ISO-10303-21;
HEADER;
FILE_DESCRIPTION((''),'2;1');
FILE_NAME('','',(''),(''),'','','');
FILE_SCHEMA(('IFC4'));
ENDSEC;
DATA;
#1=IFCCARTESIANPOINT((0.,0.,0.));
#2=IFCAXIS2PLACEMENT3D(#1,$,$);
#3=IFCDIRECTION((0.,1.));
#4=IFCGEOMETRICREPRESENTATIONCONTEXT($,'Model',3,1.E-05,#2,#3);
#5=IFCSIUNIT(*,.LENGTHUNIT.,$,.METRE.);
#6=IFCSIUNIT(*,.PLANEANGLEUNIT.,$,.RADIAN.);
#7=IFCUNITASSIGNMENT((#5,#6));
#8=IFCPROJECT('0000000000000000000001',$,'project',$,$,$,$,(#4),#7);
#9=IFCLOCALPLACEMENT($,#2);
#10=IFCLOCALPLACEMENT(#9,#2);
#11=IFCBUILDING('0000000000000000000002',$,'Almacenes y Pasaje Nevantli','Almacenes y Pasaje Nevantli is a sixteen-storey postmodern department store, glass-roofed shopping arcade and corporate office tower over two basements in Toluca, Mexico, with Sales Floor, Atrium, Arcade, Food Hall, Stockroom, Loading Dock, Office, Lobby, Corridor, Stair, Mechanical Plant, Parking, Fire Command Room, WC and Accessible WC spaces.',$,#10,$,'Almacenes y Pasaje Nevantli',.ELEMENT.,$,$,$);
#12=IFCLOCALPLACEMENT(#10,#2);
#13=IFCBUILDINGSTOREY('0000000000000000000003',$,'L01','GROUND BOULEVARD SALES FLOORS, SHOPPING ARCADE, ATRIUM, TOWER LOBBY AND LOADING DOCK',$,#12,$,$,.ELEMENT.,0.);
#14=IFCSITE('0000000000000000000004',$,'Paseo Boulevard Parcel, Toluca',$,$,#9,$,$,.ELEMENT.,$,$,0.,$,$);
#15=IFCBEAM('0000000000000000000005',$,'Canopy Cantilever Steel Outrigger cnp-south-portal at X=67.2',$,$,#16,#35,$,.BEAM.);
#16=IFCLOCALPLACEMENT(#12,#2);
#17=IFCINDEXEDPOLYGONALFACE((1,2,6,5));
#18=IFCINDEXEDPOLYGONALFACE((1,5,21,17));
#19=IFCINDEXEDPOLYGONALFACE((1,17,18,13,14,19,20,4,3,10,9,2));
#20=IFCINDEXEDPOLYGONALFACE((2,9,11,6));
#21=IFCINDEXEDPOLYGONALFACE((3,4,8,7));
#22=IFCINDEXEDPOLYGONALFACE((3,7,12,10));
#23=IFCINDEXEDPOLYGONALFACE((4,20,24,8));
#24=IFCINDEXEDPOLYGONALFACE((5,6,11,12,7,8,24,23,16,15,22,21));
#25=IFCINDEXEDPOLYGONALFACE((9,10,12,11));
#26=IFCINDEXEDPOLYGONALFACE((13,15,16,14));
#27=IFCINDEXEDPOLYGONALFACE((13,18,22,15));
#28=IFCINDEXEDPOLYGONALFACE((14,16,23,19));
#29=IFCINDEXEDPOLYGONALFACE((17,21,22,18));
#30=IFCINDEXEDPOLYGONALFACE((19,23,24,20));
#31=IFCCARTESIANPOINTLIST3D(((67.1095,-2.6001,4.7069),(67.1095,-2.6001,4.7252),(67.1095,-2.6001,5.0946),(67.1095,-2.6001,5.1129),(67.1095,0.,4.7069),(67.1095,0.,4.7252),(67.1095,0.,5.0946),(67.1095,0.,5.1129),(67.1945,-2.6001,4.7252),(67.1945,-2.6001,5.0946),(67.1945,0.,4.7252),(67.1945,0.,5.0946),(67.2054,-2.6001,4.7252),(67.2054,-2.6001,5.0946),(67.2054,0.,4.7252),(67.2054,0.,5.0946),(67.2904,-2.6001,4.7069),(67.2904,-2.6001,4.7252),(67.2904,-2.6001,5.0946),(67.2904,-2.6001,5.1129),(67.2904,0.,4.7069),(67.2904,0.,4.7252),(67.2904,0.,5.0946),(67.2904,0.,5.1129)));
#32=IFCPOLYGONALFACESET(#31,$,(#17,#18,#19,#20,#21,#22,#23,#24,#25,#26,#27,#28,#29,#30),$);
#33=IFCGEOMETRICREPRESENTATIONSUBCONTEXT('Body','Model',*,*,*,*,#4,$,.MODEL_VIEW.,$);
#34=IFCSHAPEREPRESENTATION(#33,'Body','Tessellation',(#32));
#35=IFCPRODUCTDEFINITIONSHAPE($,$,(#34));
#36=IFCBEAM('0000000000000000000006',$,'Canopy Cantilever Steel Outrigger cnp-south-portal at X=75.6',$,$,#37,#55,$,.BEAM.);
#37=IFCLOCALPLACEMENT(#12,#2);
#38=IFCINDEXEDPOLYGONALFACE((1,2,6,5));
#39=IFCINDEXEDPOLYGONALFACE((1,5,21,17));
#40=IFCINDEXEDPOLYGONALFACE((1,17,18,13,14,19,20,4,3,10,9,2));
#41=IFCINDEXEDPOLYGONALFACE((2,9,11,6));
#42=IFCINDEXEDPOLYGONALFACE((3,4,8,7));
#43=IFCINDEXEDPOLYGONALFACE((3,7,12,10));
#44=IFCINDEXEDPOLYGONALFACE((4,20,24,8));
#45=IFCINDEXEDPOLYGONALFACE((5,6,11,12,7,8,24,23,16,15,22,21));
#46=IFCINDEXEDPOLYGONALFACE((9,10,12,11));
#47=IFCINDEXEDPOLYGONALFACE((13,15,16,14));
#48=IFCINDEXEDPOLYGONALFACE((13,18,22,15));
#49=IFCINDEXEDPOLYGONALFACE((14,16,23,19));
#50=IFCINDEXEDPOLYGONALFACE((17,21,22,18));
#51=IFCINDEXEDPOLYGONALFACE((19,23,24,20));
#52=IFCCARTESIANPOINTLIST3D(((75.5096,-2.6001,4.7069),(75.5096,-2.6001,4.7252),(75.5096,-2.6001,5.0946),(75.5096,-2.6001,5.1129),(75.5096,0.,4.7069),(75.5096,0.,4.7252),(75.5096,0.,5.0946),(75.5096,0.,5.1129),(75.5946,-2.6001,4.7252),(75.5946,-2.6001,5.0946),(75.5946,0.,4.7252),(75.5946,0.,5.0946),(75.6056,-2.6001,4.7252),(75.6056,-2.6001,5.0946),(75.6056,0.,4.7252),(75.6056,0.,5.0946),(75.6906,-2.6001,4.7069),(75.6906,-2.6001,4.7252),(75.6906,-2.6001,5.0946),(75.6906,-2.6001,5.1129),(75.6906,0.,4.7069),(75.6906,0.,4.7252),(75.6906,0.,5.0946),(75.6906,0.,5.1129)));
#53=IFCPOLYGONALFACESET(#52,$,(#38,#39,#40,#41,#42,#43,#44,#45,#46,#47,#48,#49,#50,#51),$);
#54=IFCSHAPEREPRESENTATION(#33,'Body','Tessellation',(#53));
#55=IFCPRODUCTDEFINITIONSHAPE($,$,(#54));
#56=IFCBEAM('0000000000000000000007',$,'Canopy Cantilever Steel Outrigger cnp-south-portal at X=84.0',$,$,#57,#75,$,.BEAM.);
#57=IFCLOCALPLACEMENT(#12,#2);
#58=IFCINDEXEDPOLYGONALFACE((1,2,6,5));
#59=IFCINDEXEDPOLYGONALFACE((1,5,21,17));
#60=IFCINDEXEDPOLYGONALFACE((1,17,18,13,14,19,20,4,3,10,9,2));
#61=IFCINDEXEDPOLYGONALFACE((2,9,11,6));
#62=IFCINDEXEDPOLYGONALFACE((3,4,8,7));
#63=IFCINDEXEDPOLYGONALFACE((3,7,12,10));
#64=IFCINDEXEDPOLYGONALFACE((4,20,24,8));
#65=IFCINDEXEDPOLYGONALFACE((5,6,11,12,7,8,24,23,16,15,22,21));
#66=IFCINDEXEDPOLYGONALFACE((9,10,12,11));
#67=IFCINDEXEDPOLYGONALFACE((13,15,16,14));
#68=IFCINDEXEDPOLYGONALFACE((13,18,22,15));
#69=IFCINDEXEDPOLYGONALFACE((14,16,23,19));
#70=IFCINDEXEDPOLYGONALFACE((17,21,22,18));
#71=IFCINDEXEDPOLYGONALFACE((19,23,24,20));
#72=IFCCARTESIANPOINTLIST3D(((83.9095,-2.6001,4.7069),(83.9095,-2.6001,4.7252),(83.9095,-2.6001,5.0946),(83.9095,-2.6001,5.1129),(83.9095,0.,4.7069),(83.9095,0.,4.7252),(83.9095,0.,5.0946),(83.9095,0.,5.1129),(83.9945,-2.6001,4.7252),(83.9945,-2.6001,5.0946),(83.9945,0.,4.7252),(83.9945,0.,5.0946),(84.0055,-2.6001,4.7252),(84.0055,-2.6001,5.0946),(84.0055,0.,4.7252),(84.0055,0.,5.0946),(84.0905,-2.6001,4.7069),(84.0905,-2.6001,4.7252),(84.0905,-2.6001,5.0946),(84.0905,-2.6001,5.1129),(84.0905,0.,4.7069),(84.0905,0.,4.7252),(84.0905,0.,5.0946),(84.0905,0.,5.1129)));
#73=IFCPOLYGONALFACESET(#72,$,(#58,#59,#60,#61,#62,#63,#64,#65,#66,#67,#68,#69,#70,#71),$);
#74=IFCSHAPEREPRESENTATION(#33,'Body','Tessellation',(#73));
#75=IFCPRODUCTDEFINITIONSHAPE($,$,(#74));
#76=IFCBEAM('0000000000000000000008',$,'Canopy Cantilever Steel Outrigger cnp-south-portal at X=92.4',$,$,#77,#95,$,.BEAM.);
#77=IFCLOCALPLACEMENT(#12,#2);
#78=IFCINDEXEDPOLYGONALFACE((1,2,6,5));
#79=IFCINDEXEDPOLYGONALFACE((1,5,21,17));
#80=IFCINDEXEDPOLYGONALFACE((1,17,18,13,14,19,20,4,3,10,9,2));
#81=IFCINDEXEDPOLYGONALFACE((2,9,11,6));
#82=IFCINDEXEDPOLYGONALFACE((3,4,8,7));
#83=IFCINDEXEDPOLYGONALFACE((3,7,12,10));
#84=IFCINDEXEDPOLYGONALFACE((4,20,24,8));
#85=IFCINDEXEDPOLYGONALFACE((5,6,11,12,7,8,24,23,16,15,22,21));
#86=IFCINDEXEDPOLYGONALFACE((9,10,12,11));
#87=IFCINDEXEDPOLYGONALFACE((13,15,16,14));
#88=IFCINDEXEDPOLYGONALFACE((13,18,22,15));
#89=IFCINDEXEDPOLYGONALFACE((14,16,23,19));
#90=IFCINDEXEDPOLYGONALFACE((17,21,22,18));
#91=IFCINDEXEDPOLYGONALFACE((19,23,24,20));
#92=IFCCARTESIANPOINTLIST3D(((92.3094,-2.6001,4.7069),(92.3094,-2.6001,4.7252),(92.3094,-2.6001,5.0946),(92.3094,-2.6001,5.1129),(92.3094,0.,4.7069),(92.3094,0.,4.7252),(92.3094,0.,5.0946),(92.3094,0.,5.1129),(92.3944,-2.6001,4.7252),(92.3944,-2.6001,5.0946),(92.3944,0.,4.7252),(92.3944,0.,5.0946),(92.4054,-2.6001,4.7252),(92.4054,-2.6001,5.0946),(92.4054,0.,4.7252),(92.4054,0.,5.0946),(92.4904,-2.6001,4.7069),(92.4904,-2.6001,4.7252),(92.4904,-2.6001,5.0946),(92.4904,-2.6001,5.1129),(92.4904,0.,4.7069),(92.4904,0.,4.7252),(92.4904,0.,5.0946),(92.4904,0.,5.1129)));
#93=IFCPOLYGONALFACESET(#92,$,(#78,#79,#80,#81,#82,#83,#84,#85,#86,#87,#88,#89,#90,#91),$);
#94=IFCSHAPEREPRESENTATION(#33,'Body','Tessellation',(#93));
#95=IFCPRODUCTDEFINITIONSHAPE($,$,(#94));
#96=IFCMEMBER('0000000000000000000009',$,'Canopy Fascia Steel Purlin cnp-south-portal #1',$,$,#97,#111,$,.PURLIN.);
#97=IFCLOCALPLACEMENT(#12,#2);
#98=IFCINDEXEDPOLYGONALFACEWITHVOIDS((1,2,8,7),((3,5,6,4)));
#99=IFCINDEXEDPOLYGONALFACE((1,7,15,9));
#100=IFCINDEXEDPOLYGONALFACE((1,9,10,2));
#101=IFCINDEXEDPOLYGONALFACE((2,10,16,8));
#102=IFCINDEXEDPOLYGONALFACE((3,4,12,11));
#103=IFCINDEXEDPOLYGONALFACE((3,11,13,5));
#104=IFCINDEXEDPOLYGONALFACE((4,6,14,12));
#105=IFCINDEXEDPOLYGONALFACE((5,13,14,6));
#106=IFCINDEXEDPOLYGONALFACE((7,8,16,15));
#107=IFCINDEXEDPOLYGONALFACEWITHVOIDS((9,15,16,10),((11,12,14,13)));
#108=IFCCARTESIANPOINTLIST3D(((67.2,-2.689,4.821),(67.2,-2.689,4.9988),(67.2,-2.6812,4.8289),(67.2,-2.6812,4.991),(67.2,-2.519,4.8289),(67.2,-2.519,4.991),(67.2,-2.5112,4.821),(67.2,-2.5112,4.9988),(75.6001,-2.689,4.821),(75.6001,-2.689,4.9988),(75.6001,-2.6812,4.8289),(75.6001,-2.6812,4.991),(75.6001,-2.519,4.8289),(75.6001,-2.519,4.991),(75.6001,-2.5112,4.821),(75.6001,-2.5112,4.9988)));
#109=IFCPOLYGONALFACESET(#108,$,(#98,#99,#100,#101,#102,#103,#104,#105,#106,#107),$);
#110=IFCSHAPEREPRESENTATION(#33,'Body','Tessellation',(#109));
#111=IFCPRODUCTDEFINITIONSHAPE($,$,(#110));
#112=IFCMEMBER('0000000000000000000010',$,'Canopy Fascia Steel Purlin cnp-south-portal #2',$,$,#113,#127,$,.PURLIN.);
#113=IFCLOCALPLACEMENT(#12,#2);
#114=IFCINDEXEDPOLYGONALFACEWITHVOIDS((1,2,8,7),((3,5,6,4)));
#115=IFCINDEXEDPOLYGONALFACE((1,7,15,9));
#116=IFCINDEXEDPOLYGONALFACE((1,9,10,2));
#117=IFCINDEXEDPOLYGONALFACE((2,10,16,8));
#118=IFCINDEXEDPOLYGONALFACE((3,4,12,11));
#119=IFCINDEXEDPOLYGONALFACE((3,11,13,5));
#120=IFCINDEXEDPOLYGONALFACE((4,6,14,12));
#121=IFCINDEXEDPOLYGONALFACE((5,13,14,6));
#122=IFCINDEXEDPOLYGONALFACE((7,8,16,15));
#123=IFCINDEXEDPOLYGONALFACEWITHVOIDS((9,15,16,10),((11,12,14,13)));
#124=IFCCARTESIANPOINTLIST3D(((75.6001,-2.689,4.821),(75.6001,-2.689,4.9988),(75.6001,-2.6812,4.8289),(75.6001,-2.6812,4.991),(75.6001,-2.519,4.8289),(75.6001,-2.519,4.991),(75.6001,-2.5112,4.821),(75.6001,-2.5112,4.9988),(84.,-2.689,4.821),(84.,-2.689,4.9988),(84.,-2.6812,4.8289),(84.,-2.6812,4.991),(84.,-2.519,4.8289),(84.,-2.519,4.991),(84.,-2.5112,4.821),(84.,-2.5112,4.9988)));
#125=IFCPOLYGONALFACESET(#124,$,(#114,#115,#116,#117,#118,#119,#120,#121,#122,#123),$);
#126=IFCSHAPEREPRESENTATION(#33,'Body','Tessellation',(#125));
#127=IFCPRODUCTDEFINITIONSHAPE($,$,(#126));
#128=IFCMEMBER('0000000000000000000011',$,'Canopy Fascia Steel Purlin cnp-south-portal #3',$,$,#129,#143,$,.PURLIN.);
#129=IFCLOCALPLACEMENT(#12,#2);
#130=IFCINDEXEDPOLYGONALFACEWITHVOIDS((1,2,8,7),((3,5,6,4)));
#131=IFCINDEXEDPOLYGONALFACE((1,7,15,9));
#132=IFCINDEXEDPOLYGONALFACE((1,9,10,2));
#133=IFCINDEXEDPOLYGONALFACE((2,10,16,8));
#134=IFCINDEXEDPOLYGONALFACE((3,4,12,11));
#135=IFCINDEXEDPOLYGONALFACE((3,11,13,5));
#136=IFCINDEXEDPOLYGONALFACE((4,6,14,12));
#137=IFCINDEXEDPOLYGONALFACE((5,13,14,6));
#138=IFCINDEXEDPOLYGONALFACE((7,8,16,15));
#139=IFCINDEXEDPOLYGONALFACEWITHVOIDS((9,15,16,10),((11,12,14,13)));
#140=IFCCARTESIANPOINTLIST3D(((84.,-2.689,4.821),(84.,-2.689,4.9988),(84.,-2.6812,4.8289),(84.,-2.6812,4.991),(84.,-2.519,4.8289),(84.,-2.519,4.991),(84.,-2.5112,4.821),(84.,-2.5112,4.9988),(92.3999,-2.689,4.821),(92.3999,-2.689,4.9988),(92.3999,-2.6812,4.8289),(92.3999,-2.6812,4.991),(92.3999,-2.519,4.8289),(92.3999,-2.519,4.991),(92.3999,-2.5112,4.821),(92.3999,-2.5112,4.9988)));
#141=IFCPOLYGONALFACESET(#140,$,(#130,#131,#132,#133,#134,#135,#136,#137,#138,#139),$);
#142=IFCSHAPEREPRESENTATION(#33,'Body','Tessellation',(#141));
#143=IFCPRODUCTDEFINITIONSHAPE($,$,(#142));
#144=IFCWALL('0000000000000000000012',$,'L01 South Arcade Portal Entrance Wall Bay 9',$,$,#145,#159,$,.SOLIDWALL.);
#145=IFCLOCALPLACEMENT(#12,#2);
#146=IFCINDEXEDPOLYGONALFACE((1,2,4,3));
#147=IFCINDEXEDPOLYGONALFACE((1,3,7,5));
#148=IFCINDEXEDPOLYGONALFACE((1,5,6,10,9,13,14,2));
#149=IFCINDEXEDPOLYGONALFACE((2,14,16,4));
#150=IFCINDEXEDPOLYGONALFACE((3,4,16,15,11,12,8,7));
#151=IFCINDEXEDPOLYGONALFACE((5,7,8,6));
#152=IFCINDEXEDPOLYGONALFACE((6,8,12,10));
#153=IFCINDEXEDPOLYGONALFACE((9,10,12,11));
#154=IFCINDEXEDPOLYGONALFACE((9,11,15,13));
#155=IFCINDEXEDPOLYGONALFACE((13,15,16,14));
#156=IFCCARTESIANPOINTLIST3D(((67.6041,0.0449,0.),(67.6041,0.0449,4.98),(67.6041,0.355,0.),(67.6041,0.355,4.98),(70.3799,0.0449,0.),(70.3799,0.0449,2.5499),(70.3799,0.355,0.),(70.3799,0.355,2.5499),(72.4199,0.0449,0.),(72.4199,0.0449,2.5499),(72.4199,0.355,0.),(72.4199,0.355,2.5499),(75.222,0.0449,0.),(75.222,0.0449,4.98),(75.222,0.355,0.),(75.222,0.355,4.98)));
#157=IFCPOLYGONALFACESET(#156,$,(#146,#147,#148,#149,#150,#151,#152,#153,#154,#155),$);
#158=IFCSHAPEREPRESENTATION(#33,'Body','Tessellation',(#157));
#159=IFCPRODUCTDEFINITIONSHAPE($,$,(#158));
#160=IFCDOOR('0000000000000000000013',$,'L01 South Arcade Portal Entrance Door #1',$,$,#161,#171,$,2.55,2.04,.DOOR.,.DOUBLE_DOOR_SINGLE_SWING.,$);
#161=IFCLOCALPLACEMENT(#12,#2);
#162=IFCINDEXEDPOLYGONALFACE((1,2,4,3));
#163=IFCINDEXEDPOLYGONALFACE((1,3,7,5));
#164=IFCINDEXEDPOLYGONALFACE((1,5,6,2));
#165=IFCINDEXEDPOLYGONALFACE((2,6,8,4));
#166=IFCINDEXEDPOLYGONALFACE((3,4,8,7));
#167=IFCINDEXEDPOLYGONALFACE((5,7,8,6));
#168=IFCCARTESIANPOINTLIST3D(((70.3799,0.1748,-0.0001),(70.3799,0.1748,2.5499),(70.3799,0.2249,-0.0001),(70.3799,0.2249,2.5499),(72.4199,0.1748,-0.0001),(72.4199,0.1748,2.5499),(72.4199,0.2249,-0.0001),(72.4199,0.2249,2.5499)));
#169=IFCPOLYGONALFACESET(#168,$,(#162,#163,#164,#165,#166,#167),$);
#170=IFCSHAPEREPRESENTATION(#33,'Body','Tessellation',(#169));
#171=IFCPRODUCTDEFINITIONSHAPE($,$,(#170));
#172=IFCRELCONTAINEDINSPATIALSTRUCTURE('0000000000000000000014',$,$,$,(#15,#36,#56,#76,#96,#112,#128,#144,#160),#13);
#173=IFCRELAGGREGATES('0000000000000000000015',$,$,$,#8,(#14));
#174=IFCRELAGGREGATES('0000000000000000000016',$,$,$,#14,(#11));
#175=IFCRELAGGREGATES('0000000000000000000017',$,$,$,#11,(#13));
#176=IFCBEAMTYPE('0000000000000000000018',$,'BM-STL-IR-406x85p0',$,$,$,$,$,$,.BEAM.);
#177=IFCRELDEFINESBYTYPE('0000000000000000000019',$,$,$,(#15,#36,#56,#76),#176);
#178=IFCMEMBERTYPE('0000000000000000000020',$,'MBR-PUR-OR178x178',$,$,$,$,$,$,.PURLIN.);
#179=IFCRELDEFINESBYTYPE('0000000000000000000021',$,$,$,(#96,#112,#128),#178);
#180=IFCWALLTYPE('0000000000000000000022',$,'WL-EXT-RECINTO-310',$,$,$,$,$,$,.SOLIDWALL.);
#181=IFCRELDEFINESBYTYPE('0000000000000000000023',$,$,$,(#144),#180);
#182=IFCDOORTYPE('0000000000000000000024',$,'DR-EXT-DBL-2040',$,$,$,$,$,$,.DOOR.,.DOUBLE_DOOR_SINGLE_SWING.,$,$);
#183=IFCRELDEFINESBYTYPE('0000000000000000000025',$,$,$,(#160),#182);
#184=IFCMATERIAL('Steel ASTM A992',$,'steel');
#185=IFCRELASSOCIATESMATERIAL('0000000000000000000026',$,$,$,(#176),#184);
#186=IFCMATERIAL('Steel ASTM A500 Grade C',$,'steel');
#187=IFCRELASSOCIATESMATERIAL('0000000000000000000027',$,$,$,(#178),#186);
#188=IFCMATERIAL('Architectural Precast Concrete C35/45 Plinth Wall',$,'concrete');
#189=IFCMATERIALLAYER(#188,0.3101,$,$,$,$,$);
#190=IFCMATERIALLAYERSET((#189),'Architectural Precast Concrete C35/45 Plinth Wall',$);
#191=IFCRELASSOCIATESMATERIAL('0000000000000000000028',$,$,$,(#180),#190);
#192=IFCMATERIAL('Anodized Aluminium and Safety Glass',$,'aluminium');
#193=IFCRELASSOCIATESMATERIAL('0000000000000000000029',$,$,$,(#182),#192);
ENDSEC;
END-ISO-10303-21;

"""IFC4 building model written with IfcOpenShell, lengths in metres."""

from ifc_helpers import new_model, si_unit, direction, frame, frame_2d, origin, origin_2d, place, context, subcontext, project, spatial, rectangle, hollow_rectangle, i_section, extrude, material, layer, layer_set, material_profile, profile_set, type_object, element, fill, save


model = new_model("IFC4")

# Units and contexts
model_context = context("Model", 3, precision=1e-05, world=origin(), true_north=direction((0.0, 1.0)))
body_context = subcontext(model_context, "Body", "Model", "MODEL_VIEW")
ifc_project = project(units=[si_unit("LENGTHUNIT", "METRE"), si_unit("PLANEANGLEUNIT", "RADIAN")], contexts=[model_context])

# Site, building, storey
site_placement = place(None, origin())
site = spatial("IfcSite", under=ifc_project, at=site_placement, Name="Paseo Boulevard Parcel, Toluca", CompositionType="ELEMENT", RefElevation=0.0)
building_placement = place(site_placement, origin())
building = spatial("IfcBuilding", under=site, at=building_placement, Name="Almacenes y Pasaje Nevantli", Description="Almacenes y Pasaje Nevantli is a sixteen-storey postmodern department store, glass-roofed shopping arcade and corporate office tower over two basements in Toluca, Mexico, with Sales Floor, Atrium, Arcade, Food Hall, Stockroom, Loading Dock, Office, Lobby, Corridor, Stair, Mechanical Plant, Parking, Fire Command Room, WC and Accessible WC spaces.", LongName="Almacenes y Pasaje Nevantli", CompositionType="ELEMENT")
storey_placement = place(building_placement, origin())
storey = spatial("IfcBuildingStorey", under=building, at=storey_placement, Name="L01", Description="GROUND BOULEVARD SALES FLOORS, SHOPPING ARCADE, ATRIUM, TOWER LOBBY AND LOADING DOCK", CompositionType="ELEMENT", Elevation=0.0)

# Beams
ifc_material_1 = material(Name="Steel ASTM A992", Category="steel")
ifc_material_profile_1 = material_profile(ifc_material_1, i_section(OverallWidth=0.1809, OverallDepth=0.406, WebThickness=0.011, FlangeThickness=0.0183, at=origin_2d()), Name="IR 406x85.0")
ifc_profile_set_1 = profile_set([ifc_material_profile_1], Name="Steel ASTM A992")
beam_type_1 = type_object("IfcBeamType", Name="BM-STL-IR-406x85p0", PredefinedType="BEAM", material=ifc_profile_set_1)
for number, where, z_axis, x_axis, name in (
    (1, (67.2, 0.0, 4.9099), (0.0, -1.0, 0.0), (1.0, 0.0, 0.0), "Canopy Cantilever Steel Outrigger cnp-south-portal at X=67.2"),
    (2, (75.6001, 0.0, 4.9099), (0.0, -1.0, 0.0), (1.0, 0.0, 0.0), "Canopy Cantilever Steel Outrigger cnp-south-portal at X=75.6"),
    (3, (84.0, 0.0, 4.9099), (0.0, -1.0, 0.0), (1.0, 0.0, 0.0), "Canopy Cantilever Steel Outrigger cnp-south-portal at X=84.0"),
    (4, (92.3999, 0.0, 4.9099), (0.0, -1.0, 0.0), (1.0, 0.0, 0.0), "Canopy Cantilever Steel Outrigger cnp-south-portal at X=92.4"),
):
    element("IfcBeam", number, at=place(storey_placement, frame(where, z_axis=z_axis, x_axis=x_axis)), inside=storey, type_object=beam_type_1, Name=name, PredefinedType="BEAM", context=body_context, shape_type="SweptSolid", body=[
        extrude(i_section(OverallWidth=0.1809, OverallDepth=0.406, WebThickness=0.011, FlangeThickness=0.0183, at=origin_2d()), origin(), (0.0, 0.0, 1.0), 2.6001),
    ])

# Members
ifc_material_2 = material(Name="Steel ASTM A500 Grade C", Category="steel")
ifc_material_profile_2 = material_profile(ifc_material_2, hollow_rectangle(XDim=0.1777, YDim=0.1777, WallThickness=0.0078, at=origin_2d()), Name="OR 178x178x7.9")
ifc_profile_set_2 = profile_set([ifc_material_profile_2], Name="Steel ASTM A500 Grade C")
member_type = type_object("IfcMemberType", Name="MBR-PUR-OR178x178", PredefinedType="PURLIN", material=ifc_profile_set_2)
member_placement = place(storey_placement, frame((67.2, -2.6001, 4.9099), z_axis=(1.0, 0.0, 0.0), x_axis=(0.0, 1.0, 0.0)))
element("IfcMember", 5, at=member_placement, inside=storey, type_object=member_type, Name="Canopy Fascia Steel Purlin cnp-south-portal #1", PredefinedType="PURLIN", context=body_context, shape_type="SweptSolid", body=[
    extrude(hollow_rectangle(XDim=0.1777, YDim=0.1777, WallThickness=0.0078, at=origin_2d()), origin(), (0.0, 0.0, 1.0), 8.4001),
])
for number, where, z_axis, x_axis, name in (
    (6, (75.6001, -2.6001, 4.9099), (1.0, 0.0, 0.0), (0.0, 1.0, 0.0), "Canopy Fascia Steel Purlin cnp-south-portal #2"),
    (7, (84.0, -2.6001, 4.9099), (1.0, 0.0, 0.0), (0.0, 1.0, 0.0), "Canopy Fascia Steel Purlin cnp-south-portal #3"),
):
    element("IfcMember", number, at=place(storey_placement, frame(where, z_axis=z_axis, x_axis=x_axis)), inside=storey, type_object=member_type, Name=name, PredefinedType="PURLIN", context=body_context, shape_type="SweptSolid", body=[
        extrude(hollow_rectangle(XDim=0.1777, YDim=0.1777, WallThickness=0.0078, at=origin_2d()), origin(), (0.0, 0.0, 1.0), 8.3999),
    ])

# Wall, opening, door
ifc_material_3 = material(Name="Architectural Precast Concrete C35/45 Plinth Wall", Category="concrete")
ifc_layer_1 = layer(ifc_material_3, 0.3101)
ifc_layer_set_1 = layer_set([ifc_layer_1], Name="Architectural Precast Concrete C35/45 Plinth Wall")
wall_type = type_object("IfcWallType", Name="WL-EXT-RECINTO-310", PredefinedType="SOLIDWALL", material=ifc_layer_set_1)
wall_1_placement = place(storey_placement, frame((67.604, 0.2, 0.0), z_axis=(0.0, 0.0, 1.0), x_axis=(1.0, 0.0, 0.0)))
wall_1 = element("IfcWall", 8, at=wall_1_placement, inside=storey, type_object=wall_type, Name="L01 South Arcade Portal Entrance Wall Bay 9", PredefinedType="SOLIDWALL", context=body_context, shape_type="SweptSolid", body=[
    extrude(rectangle(XDim=7.6179, YDim=0.3101, at=frame_2d((3.8091, 0.0))), origin(), (0.0, 0.0, 1.0), 4.98),
])
opening_1_placement = place(wall_1_placement, frame((2.7759, 0.0, 0.0)))
opening_1 = element("IfcOpeningElement", 9, at=opening_1_placement, cuts=wall_1, PredefinedType="OPENING", context=body_context, shape_type="SweptSolid", body=[
    extrude(rectangle(XDim=2.04, YDim=2.55, at=frame_2d((1.02, 1.2749))), frame((0.0, 0.165, 0.0), z_axis=(0.0, -1.0, 0.0), x_axis=(1.0, 0.0, 0.0)), (0.0, 0.0, 1.0), 0.3301),
])
ifc_material_4 = material(Name="Anodized Aluminium and Safety Glass", Category="aluminium")
door_type = type_object("IfcDoorType", Name="DR-EXT-DBL-2040", OperationType="DOUBLE_DOOR_SINGLE_SWING", PredefinedType="DOOR", material=ifc_material_4)
door_1_placement = place(opening_1_placement, origin())
door_1 = element("IfcDoor", 10, at=door_1_placement, inside=storey, type_object=door_type, Name="L01 South Arcade Portal Entrance Door #1", OperationType="DOUBLE_DOOR_SINGLE_SWING", OverallHeight=2.55, OverallWidth=2.04, PredefinedType="DOOR", context=body_context, shape_type="SweptSolid", body=[
    extrude(rectangle(XDim=2.04, YDim=2.55, at=frame_2d((1.02, 1.2749))), frame((0.0, 0.0249, 0.0), z_axis=(0.0, -1.0, 0.0), x_axis=(1.0, 0.0, 0.0)), (0.0, 0.0, 1.0), 0.05),
])
fill(opening_1, door_1)

save(model, "model.ifc")
